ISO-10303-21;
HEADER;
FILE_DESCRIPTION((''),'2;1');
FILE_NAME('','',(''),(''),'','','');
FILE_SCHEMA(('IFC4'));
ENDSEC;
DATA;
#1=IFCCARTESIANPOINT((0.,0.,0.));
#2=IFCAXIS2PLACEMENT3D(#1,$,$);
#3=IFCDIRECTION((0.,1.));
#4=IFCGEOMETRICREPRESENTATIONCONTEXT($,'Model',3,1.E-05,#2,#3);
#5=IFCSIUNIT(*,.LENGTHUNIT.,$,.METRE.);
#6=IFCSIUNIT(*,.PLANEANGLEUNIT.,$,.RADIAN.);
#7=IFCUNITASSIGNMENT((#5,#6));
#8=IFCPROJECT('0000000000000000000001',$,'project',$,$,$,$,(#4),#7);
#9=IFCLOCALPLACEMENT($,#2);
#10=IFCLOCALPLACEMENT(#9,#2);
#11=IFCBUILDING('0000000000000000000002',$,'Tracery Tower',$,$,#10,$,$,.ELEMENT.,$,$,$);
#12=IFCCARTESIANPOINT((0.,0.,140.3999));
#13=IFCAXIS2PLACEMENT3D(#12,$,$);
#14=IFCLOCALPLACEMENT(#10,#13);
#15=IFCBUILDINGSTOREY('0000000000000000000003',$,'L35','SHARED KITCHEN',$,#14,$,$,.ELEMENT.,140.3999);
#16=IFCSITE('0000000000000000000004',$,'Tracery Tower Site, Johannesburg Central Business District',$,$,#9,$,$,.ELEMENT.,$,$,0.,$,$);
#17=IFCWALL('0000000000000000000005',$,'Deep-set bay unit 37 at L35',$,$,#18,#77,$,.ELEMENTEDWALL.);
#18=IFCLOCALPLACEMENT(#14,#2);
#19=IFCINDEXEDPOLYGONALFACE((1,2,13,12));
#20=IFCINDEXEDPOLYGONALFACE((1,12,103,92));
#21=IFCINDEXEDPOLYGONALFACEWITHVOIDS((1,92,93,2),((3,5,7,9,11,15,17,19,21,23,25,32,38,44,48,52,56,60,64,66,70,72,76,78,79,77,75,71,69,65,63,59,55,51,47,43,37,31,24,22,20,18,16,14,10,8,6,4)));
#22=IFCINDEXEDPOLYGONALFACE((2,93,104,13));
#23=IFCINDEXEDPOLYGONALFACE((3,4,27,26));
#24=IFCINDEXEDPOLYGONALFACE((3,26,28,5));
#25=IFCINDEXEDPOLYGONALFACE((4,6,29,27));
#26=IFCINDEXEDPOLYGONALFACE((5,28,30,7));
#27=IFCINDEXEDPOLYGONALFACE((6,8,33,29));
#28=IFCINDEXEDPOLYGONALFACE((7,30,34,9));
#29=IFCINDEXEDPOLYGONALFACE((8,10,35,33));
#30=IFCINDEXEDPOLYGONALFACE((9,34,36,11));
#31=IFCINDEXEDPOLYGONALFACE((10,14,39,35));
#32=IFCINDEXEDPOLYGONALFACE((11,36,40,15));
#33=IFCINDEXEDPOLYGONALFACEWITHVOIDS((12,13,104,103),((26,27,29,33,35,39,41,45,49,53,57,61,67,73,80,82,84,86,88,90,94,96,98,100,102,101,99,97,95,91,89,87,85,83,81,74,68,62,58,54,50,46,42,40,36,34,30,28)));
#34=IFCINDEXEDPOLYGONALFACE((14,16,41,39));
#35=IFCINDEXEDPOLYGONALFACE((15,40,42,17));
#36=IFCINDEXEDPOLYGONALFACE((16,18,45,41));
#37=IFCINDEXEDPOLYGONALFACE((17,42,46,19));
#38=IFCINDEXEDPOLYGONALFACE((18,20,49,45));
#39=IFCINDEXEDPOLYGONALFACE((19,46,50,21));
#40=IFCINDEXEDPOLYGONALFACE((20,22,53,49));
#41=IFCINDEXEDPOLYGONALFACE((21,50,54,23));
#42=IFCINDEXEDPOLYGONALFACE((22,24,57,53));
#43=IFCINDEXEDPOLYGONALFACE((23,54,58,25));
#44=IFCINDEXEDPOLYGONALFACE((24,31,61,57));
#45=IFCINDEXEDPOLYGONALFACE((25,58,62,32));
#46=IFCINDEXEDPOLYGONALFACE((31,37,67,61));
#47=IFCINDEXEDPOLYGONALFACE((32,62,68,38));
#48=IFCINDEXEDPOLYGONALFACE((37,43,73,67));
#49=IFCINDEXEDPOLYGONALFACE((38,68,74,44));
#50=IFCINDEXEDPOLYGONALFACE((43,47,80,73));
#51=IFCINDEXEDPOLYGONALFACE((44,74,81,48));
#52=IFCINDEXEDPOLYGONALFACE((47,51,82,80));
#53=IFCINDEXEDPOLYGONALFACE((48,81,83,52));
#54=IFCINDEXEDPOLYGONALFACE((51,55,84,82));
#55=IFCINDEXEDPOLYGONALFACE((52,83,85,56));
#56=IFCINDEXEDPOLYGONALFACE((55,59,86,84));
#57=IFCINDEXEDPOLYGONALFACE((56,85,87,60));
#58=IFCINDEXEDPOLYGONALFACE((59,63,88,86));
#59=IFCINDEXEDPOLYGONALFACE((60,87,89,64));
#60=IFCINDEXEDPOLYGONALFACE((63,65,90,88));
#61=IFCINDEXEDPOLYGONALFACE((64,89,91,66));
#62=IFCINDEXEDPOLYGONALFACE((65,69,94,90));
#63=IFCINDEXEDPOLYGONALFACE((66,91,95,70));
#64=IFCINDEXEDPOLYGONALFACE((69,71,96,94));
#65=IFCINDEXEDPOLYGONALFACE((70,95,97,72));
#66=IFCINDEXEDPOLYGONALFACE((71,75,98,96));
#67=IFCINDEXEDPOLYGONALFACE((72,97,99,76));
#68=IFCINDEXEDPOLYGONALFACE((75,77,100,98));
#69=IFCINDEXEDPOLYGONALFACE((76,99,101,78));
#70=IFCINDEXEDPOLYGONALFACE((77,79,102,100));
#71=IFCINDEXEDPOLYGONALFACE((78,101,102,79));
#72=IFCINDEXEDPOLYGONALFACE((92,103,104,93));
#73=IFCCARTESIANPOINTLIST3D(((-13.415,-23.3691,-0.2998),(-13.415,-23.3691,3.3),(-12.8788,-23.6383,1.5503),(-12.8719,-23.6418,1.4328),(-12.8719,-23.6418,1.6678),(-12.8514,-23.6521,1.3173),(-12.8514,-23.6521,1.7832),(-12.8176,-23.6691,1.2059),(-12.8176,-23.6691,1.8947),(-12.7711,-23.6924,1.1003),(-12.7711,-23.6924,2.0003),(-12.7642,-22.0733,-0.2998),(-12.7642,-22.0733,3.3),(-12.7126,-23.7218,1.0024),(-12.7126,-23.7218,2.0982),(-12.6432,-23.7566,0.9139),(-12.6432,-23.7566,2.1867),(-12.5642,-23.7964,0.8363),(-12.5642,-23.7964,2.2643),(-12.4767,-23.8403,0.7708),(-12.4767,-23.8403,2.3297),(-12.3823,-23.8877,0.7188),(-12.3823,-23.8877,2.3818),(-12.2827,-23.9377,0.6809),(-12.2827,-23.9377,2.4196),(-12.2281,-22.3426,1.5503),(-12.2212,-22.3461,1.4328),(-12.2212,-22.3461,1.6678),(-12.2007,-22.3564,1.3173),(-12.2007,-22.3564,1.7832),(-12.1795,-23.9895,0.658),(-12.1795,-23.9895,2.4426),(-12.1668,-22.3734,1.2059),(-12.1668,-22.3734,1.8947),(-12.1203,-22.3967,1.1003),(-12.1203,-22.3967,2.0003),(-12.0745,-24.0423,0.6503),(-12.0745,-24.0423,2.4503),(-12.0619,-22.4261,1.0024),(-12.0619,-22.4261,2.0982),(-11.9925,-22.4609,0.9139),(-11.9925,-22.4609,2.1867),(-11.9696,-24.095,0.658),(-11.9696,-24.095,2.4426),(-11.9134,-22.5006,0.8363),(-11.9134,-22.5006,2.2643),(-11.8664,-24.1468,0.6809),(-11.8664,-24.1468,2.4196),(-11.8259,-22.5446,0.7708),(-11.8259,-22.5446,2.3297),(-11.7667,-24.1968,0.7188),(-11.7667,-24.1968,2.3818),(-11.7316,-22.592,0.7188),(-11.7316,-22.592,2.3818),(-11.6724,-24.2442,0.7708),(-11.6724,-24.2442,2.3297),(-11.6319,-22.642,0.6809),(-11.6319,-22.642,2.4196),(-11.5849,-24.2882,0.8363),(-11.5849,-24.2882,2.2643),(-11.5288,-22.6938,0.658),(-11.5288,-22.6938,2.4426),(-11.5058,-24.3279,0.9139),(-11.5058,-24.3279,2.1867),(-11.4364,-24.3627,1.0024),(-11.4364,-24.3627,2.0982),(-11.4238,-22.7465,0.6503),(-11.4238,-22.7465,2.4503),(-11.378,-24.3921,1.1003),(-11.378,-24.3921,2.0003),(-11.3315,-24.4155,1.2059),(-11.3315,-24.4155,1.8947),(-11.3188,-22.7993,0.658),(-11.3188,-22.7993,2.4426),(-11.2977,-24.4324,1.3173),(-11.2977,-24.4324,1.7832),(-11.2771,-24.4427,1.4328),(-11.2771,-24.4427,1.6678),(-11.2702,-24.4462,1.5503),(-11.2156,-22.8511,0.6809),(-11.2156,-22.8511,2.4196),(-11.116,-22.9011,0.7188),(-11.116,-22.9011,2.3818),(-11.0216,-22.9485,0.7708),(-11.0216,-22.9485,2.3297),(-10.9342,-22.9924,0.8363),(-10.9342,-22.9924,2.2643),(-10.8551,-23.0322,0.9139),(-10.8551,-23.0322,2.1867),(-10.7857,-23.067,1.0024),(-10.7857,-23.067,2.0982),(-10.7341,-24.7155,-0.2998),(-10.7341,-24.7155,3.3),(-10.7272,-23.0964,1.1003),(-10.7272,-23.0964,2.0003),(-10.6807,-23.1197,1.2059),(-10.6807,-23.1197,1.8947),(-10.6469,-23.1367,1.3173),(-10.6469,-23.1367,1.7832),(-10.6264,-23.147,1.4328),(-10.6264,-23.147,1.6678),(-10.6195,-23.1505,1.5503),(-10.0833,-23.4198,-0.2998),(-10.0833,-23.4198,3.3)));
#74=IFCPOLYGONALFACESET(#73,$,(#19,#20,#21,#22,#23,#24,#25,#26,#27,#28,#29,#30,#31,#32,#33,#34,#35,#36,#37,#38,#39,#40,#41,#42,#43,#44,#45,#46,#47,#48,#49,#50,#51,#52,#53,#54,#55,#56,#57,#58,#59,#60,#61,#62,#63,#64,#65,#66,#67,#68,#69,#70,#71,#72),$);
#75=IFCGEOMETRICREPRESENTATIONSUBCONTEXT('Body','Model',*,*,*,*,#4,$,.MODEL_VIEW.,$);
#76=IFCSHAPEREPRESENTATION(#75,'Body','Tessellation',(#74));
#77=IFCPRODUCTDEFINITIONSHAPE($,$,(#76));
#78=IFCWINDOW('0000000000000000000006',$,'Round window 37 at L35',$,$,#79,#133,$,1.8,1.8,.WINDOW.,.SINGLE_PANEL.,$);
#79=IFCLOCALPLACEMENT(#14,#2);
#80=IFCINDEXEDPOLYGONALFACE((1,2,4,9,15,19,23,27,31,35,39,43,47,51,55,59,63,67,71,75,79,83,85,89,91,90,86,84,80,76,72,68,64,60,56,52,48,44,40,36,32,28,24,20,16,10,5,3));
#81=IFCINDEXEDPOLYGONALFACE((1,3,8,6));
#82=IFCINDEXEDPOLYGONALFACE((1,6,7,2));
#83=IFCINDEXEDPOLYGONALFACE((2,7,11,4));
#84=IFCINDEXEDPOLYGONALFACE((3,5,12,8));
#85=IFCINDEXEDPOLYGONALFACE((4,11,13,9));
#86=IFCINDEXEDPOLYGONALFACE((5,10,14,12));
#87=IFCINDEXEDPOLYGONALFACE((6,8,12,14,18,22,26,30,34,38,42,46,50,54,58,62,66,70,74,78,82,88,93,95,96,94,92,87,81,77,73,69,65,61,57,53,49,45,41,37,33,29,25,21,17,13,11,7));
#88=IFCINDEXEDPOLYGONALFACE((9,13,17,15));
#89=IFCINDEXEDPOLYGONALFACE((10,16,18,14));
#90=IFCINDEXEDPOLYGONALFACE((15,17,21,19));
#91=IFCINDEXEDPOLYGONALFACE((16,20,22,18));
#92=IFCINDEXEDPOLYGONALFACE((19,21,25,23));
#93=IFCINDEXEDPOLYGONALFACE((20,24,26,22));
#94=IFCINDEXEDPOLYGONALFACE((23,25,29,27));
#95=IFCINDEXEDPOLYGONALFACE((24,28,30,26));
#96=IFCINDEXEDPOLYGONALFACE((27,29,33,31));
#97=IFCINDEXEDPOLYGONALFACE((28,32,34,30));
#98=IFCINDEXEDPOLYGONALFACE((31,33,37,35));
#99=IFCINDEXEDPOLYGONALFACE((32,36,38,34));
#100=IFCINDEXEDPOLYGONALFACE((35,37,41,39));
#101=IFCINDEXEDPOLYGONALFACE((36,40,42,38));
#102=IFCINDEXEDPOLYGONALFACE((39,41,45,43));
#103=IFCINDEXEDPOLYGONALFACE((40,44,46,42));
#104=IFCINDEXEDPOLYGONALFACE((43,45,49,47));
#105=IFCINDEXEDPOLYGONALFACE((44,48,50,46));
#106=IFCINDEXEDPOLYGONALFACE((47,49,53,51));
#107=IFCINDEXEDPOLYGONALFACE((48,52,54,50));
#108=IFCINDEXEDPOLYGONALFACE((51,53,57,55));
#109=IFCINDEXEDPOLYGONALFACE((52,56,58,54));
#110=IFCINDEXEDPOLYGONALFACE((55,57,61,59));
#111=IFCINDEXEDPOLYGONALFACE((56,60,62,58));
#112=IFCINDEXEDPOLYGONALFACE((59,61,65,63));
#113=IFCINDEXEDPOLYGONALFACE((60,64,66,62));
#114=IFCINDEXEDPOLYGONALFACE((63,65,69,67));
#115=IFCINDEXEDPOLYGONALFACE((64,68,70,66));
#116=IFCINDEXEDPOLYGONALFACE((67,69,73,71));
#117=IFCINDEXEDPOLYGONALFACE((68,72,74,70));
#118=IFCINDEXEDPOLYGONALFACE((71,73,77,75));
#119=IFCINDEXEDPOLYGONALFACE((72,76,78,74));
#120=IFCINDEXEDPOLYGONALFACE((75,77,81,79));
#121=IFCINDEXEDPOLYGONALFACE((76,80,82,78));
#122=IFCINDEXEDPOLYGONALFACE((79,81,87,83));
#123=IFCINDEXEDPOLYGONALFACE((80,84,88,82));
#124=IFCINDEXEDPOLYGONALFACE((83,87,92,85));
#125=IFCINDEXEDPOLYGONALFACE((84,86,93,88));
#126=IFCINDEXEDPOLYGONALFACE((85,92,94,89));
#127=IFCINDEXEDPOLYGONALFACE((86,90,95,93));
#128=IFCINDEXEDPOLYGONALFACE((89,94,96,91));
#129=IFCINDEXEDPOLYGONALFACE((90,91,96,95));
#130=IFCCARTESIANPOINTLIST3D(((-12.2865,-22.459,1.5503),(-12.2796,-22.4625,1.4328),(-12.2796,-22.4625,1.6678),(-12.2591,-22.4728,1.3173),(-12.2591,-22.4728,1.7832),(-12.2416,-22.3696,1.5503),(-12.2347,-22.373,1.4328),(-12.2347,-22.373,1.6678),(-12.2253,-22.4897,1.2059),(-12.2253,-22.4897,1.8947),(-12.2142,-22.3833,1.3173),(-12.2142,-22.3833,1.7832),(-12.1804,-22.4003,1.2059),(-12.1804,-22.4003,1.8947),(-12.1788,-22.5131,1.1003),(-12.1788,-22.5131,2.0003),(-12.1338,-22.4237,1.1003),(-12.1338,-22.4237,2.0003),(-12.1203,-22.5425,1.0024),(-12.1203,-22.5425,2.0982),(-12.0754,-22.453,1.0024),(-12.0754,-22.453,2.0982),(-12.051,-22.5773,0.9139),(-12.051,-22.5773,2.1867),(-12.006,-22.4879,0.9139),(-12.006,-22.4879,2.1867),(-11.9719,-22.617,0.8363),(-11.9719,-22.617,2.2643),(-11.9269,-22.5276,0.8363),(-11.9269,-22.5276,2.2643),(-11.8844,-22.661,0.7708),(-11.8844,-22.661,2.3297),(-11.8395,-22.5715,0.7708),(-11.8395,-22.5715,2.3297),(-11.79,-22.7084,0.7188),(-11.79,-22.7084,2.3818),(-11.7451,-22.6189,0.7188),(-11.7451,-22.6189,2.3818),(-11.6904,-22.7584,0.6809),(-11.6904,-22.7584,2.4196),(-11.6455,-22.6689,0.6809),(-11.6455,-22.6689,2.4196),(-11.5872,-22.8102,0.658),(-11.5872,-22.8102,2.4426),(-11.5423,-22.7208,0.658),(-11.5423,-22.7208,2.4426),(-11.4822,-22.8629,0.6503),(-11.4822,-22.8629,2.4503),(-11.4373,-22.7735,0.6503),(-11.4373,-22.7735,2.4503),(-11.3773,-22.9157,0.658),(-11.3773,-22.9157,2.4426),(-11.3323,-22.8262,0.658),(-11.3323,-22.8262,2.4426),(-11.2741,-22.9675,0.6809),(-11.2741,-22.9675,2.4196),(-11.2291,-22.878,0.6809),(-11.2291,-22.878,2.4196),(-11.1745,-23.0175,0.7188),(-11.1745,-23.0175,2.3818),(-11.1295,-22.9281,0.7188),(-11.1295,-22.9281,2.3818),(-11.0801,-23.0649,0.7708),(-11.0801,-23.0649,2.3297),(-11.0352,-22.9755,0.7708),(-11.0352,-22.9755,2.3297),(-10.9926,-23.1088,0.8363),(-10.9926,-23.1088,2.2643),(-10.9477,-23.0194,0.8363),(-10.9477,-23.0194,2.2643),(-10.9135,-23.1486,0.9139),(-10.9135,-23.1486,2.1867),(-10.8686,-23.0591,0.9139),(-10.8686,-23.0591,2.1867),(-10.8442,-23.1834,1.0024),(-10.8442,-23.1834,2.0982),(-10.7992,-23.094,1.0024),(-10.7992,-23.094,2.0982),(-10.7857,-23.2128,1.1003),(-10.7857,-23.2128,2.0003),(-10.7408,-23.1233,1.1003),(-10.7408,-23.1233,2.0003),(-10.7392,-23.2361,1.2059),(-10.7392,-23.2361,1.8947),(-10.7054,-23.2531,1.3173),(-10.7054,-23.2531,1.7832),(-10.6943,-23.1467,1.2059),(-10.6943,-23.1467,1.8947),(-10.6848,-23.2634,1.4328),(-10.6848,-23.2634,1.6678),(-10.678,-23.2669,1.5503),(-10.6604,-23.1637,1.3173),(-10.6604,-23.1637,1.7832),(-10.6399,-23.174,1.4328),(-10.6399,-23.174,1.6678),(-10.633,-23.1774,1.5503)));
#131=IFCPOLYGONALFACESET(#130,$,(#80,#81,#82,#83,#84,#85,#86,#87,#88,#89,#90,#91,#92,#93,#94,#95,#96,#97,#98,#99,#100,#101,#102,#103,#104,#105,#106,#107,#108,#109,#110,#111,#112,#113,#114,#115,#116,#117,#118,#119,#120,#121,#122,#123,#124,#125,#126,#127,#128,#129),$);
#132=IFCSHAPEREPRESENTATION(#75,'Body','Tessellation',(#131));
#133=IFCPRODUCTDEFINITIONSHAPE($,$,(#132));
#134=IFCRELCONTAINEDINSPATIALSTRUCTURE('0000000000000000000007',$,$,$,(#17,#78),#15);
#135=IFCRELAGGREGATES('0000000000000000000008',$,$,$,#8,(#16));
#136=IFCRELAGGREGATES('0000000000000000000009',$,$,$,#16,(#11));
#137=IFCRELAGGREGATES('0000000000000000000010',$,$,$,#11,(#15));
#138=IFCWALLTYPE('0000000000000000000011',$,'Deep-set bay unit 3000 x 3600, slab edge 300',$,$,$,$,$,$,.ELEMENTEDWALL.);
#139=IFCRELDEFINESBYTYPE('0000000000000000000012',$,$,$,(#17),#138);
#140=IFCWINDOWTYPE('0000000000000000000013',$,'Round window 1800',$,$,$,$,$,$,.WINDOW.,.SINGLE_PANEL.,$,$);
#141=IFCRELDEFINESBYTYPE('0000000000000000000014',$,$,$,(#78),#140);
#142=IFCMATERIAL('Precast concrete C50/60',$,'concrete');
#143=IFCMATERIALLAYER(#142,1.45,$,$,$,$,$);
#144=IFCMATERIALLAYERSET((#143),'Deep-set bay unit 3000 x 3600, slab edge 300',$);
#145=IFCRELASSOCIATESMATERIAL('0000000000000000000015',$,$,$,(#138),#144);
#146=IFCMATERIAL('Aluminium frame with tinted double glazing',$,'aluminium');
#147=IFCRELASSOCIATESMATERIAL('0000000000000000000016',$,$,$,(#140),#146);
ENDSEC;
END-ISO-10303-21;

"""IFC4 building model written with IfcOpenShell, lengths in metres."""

from ifc_helpers import new_model, si_unit, direction, frame, frame_2d, origin, origin_2d, place, context, subcontext, project, spatial, rectangle, circle, extrude, material, layer, layer_set, type_object, element, fill, save


model = new_model("IFC4")

# Units and contexts
model_context = context("Model", 3, precision=1e-05, world=origin(), true_north=direction((0.0, 1.0)))
body_context = subcontext(model_context, "Body", "Model", "MODEL_VIEW")
ifc_project = project(units=[si_unit("LENGTHUNIT", "METRE"), si_unit("PLANEANGLEUNIT", "RADIAN")], contexts=[model_context])

# Site, building, storey
site_placement = place(None, origin())
site = spatial("IfcSite", under=ifc_project, at=site_placement, Name="Tracery Tower Site, Johannesburg Central Business District", CompositionType="ELEMENT", RefElevation=0.0)
building_placement = place(site_placement, origin())
building = spatial("IfcBuilding", under=site, at=building_placement, Name="Tracery Tower", CompositionType="ELEMENT")
storey_placement = place(building_placement, frame((0.0, 0.0, 140.3999)))
storey = spatial("IfcBuildingStorey", under=building, at=storey_placement, Name="L35", Description="SHARED KITCHEN", CompositionType="ELEMENT", Elevation=140.3999)

# Wall, opening, window
ifc_material_1 = material(Name="Precast concrete C50/60", Category="concrete")
ifc_layer_1 = layer(ifc_material_1, 1.45)
ifc_layer_set_1 = layer_set([ifc_layer_1], Name="Deep-set bay unit 3000 x 3600, slab edge 300")
wall_type_1 = type_object("IfcWallType", Name="Deep-set bay unit 3000 x 3600, slab edge 300", PredefinedType="ELEMENTEDWALL", material=ifc_layer_set_1)
ifc_material_2 = material(Name="Aluminium frame with tinted double glazing", Category="aluminium")
window_type = type_object("IfcWindowType", Name="Round window 1800", PartitioningType="SINGLE_PANEL", PredefinedType="WINDOW", material=ifc_material_2)
wall_1_placement = place(storey_placement, frame((-13.0896, -22.7212, -0.2998), z_axis=(0.0, 0.0, 1.0), x_axis=(0.893628, -0.448808, 0.0)))
wall_1 = element("IfcWall", 1, at=wall_1_placement, inside=storey, type_object=wall_type_1, Name="Deep-set bay unit 37 at L35", PredefinedType="ELEMENTEDWALL", context=body_context, shape_type="SweptSolid", body=[
    extrude(rectangle(XDim=3.0, YDim=1.45, at=frame_2d((1.5, 0.0))), origin(), (0.0, 0.0, 1.0), 3.5999),
])
opening_1_placement = place(wall_1_placement, frame((1.5, 0.0, 1.8501)))
opening_1 = element("IfcOpeningElement", 2, at=opening_1_placement, cuts=wall_1, PredefinedType="OPENING", context=body_context, shape_type="SweptSolid", body=[
    extrude(circle(Radius=0.9, at=origin_2d()), frame((0.0, 0.7349, 0.0), z_axis=(0.0, -1.0, 0.0), x_axis=(1.0, 0.0, 0.0)), (0.0, 0.0, 1.0), 1.47),
])
window_1_placement = place(opening_1_placement, origin())
window_1 = element("IfcWindow", 3, at=window_1_placement, inside=storey, type_object=window_type, Name="Round window 37 at L35", OverallHeight=1.8, OverallWidth=1.8, PartitioningType="SINGLE_PANEL", PredefinedType="WINDOW", context=body_context, shape_type="SweptSolid", body=[
    extrude(circle(Radius=0.9, at=origin_2d()), frame((0.0, 0.6948, 0.0), z_axis=(0.0, -1.0, 0.0), x_axis=(1.0, 0.0, 0.0)), (0.0, 0.0, 1.0), 0.1001),
])
fill(opening_1, window_1)

save(model, "model.ifc")
